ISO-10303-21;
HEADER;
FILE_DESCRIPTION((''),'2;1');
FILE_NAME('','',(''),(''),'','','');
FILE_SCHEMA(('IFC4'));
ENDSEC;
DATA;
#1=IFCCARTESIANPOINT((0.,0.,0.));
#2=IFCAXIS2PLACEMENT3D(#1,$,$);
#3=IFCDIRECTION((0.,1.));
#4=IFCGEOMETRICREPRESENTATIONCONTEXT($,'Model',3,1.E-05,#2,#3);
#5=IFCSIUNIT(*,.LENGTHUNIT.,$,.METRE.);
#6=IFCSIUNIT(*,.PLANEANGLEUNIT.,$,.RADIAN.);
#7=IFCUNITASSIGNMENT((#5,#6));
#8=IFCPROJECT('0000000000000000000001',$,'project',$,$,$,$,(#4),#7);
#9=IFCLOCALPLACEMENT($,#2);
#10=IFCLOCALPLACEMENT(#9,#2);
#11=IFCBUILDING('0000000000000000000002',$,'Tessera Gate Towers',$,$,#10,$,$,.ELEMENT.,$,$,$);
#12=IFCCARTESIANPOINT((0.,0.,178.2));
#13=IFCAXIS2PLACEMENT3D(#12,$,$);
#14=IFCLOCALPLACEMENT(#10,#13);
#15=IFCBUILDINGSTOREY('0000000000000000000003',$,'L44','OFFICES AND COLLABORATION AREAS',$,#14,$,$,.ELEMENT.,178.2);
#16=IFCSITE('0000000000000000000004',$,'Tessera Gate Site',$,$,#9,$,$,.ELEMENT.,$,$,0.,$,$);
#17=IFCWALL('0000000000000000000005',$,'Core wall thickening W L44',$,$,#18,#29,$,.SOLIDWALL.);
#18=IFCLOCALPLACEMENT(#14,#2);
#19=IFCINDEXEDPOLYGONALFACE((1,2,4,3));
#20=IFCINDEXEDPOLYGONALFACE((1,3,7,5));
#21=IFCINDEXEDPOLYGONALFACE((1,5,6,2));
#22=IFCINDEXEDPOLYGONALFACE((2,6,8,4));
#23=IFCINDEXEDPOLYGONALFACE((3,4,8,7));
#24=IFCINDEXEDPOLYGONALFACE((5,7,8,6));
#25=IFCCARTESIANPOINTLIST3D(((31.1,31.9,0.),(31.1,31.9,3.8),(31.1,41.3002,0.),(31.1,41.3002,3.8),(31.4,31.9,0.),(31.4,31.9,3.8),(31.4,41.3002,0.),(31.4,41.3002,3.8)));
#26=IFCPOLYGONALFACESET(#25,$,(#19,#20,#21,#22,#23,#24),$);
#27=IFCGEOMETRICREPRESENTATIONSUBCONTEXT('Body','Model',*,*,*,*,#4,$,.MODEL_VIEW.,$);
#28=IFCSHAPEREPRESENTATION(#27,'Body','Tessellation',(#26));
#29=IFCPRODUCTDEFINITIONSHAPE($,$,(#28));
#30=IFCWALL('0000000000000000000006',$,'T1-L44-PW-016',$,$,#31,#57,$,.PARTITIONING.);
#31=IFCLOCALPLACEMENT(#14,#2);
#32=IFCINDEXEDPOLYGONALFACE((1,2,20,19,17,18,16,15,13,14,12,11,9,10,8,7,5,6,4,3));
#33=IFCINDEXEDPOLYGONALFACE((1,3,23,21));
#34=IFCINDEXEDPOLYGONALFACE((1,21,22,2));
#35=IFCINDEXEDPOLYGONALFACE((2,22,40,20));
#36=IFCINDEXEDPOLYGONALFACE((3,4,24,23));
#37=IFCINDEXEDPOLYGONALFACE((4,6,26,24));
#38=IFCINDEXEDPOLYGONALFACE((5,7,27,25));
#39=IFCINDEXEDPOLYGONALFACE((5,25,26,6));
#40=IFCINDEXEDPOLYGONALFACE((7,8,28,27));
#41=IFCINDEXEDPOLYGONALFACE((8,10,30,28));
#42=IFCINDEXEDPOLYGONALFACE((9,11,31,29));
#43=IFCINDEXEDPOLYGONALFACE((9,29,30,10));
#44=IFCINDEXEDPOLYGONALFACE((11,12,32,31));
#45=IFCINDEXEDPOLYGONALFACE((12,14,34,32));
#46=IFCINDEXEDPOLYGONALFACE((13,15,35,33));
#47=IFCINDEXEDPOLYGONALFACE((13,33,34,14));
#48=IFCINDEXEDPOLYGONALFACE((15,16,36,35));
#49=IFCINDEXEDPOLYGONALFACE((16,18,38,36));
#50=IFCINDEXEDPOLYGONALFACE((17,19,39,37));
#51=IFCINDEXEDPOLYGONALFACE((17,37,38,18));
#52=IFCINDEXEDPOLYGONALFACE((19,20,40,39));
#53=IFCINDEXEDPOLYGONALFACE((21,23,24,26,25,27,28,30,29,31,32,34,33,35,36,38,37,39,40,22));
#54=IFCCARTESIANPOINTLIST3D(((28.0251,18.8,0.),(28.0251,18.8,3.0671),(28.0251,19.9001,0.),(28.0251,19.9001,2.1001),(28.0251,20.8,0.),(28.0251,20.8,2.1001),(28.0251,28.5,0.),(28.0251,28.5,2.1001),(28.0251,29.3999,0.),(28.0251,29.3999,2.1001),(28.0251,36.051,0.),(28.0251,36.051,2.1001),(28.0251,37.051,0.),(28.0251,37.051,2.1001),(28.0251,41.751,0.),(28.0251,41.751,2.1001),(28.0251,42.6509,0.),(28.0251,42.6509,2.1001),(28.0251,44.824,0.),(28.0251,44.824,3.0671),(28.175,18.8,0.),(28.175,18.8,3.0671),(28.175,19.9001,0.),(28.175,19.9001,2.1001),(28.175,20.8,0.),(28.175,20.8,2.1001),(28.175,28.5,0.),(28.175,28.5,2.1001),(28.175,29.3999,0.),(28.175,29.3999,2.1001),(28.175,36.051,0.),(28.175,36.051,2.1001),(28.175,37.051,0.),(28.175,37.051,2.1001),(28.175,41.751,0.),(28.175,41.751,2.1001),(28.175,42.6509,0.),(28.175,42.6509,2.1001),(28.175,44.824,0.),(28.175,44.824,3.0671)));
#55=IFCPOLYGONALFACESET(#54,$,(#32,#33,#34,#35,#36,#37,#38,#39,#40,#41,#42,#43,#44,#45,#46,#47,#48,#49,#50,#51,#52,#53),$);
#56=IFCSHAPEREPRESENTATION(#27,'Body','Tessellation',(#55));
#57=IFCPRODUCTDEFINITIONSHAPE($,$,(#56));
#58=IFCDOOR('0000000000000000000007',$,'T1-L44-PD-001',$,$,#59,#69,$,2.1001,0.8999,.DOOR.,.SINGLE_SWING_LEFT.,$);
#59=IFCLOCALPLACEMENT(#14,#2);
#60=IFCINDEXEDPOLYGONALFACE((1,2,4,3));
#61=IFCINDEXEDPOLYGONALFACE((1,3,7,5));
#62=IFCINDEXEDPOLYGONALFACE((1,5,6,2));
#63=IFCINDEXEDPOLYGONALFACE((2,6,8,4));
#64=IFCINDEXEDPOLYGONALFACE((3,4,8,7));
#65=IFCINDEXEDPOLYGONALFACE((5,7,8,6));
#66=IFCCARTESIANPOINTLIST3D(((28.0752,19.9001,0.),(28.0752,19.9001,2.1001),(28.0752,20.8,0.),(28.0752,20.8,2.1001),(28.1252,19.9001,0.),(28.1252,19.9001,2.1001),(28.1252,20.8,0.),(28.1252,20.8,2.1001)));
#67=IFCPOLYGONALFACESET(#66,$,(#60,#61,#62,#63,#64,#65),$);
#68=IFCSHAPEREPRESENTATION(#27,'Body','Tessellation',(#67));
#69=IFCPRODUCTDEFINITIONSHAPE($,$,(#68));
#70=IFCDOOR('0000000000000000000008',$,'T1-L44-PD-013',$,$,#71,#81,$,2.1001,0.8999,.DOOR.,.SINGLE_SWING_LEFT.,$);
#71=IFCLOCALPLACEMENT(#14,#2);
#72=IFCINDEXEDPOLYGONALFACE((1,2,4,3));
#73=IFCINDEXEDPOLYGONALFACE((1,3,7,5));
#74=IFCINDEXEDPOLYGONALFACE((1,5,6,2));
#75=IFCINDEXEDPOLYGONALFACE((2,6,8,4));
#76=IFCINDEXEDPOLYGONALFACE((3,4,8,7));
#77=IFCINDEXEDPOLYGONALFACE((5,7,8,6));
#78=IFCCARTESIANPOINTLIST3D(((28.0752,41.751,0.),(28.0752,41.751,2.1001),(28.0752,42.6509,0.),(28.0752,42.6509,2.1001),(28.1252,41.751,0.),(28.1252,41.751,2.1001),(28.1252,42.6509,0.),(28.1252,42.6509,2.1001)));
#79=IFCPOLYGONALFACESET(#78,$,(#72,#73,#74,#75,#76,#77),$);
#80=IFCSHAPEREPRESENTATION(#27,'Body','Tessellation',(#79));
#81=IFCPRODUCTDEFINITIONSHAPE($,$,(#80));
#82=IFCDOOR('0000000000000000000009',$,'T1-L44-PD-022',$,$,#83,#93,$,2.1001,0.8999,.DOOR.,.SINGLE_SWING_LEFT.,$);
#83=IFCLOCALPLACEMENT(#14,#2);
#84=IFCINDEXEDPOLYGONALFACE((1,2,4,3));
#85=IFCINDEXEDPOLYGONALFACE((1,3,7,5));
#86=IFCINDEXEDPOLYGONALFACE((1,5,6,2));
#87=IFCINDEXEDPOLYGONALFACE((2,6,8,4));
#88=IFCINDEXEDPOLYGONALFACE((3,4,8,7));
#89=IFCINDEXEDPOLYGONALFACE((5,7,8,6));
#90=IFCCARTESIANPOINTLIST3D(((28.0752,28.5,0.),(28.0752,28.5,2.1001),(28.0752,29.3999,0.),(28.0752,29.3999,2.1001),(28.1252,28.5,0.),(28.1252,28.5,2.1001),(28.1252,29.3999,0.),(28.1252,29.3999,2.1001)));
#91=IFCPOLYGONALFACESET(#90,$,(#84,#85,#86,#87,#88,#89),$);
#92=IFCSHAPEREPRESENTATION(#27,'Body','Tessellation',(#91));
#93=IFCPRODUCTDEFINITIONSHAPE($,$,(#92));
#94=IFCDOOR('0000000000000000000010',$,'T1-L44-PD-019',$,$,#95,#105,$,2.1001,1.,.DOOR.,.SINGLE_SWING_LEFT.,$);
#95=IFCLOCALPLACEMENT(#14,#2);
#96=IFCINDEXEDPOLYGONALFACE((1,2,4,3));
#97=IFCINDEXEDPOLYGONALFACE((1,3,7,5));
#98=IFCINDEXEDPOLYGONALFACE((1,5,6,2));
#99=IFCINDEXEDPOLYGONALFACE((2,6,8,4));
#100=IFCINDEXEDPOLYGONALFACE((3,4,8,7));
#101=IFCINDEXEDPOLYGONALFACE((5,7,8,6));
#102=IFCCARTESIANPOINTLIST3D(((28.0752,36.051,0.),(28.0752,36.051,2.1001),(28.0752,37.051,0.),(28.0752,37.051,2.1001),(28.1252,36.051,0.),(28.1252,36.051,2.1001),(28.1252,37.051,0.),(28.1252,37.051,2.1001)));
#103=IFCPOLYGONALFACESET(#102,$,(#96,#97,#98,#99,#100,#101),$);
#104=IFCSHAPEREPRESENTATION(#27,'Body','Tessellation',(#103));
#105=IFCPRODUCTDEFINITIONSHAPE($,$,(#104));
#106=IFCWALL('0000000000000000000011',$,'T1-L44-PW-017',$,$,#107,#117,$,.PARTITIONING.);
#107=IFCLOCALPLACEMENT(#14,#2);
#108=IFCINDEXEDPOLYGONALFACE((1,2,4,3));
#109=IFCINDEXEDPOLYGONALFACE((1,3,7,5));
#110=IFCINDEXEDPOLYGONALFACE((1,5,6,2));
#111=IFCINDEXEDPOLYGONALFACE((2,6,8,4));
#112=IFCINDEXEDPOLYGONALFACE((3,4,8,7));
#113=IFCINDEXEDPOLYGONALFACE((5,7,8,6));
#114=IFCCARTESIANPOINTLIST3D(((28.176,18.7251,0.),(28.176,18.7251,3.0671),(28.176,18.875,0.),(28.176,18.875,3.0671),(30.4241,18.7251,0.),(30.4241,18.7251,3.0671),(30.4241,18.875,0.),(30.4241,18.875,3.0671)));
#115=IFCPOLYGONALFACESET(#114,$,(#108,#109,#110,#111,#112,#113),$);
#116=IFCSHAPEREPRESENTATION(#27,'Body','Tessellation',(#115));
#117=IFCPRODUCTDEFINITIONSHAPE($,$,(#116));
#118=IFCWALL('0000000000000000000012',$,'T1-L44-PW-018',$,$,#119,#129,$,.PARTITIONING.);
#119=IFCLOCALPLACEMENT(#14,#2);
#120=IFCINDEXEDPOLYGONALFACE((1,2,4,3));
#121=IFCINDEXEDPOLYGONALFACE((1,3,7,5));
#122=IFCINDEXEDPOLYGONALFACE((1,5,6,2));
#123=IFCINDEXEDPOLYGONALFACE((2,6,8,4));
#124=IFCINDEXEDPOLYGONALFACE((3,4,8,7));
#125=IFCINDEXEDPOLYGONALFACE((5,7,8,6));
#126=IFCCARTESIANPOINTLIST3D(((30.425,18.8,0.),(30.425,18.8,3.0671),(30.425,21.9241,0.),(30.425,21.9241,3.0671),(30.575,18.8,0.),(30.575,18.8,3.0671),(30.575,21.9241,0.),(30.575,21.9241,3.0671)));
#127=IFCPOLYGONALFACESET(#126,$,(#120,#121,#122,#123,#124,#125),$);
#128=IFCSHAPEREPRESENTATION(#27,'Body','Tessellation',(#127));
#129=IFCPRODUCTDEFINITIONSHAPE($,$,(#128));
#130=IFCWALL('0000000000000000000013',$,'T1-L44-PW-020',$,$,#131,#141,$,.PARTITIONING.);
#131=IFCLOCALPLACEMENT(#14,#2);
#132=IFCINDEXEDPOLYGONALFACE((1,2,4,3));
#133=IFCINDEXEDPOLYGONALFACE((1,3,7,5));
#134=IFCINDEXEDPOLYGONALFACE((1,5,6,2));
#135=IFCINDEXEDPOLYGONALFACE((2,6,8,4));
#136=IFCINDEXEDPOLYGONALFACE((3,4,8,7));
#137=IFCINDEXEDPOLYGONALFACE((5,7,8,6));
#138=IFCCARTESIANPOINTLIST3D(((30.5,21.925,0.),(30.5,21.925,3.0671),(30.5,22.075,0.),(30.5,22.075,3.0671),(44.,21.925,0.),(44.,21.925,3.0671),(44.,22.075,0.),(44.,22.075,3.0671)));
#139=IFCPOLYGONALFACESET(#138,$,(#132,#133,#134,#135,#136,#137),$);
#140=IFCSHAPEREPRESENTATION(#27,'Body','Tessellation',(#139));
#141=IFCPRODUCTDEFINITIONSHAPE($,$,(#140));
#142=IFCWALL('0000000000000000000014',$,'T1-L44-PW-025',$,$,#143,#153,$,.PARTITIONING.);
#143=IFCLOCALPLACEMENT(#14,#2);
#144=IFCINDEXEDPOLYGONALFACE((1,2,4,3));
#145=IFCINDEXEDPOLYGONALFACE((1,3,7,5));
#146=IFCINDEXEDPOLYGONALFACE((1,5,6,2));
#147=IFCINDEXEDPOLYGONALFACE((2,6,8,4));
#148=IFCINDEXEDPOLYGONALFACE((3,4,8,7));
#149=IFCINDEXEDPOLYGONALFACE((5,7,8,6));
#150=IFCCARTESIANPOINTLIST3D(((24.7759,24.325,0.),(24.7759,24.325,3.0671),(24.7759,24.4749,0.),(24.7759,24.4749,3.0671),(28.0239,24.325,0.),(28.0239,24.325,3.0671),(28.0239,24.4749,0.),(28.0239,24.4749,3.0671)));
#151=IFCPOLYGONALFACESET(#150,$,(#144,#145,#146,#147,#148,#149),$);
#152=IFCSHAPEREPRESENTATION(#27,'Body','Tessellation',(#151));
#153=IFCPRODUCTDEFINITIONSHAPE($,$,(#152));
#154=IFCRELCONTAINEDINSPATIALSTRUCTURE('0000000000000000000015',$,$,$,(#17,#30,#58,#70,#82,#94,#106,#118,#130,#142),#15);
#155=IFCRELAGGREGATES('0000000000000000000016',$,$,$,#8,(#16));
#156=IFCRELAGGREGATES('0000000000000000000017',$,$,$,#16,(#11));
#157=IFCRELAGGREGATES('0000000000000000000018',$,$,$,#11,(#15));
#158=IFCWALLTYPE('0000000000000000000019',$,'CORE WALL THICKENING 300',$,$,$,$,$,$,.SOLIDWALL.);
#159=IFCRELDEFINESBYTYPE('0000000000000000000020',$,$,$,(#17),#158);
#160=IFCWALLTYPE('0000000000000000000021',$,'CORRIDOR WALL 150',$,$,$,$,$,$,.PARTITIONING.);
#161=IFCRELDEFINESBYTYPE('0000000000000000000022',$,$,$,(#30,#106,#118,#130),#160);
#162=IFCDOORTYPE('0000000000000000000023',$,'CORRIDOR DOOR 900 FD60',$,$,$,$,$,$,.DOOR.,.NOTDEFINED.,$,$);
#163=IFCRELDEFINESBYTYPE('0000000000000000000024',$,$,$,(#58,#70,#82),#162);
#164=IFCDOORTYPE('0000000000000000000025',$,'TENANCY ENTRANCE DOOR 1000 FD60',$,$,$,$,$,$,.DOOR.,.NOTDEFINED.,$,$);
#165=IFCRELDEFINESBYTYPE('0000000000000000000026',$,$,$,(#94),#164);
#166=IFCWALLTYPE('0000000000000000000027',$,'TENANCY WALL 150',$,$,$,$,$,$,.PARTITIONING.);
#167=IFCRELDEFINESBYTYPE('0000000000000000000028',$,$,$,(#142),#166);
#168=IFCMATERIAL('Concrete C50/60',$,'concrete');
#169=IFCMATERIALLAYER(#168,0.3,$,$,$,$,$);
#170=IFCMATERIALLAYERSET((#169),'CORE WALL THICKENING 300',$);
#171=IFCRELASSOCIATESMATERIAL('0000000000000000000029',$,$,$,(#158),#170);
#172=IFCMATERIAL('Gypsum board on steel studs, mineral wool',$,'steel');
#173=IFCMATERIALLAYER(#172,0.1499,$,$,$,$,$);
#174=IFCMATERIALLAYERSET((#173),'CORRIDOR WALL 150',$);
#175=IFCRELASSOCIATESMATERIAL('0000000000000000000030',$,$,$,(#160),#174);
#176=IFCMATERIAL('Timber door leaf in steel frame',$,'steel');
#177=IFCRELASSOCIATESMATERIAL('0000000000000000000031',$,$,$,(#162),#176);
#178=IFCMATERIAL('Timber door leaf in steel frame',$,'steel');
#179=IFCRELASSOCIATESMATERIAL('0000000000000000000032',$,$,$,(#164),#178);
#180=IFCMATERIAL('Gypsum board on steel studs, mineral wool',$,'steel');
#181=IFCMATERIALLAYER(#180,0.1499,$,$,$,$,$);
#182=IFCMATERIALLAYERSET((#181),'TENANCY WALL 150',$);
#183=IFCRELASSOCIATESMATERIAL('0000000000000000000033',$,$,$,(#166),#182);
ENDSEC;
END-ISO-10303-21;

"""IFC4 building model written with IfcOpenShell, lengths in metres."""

from ifc_helpers import new_model, si_unit, direction, frame, frame_2d, origin, place, context, subcontext, project, spatial, rectangle, extrude, source, transform, mapped, material, layer, layer_set, type_object, element, fill, save


model = new_model("IFC4")

# Units and contexts
model_context = context("Model", 3, precision=1e-05, world=origin(), true_north=direction((0.0, 1.0)))
body_context = subcontext(model_context, "Body", "Model", "MODEL_VIEW")
ifc_project = project(units=[si_unit("LENGTHUNIT", "METRE"), si_unit("PLANEANGLEUNIT", "RADIAN")], contexts=[model_context])

# Site, building, storey
site_placement = place(None, origin())
site = spatial("IfcSite", under=ifc_project, at=site_placement, Name="Tessera Gate Site", CompositionType="ELEMENT", RefElevation=0.0)
building_placement = place(site_placement, origin())
building = spatial("IfcBuilding", under=site, at=building_placement, Name="Tessera Gate Towers", CompositionType="ELEMENT")
storey_placement = place(building_placement, frame((0.0, 0.0, 178.2)))
storey = spatial("IfcBuildingStorey", under=building, at=storey_placement, Name="L44", Description="OFFICES AND COLLABORATION AREAS", CompositionType="ELEMENT", Elevation=178.2)

# Shared definitions
shared_shape_1 = source(origin(), body_context, "Body", "SweptSolid", [
    extrude(rectangle(XDim=0.8999, YDim=2.1001, at=frame_2d((0.45, 1.05))), frame((0.0, 0.0249, 0.0), z_axis=(0.0, -1.0, 0.0), x_axis=(1.0, 0.0, 0.0)), (0.0, 0.0, 1.0), 0.05),
])

# Wall
ifc_material_1 = material(Name="Concrete C50/60", Category="concrete")
ifc_layer_1 = layer(ifc_material_1, 0.3)
ifc_layer_set_1 = layer_set([ifc_layer_1], Name="CORE WALL THICKENING 300")
wall_type_1 = type_object("IfcWallType", Name="CORE WALL THICKENING 300", PredefinedType="SOLIDWALL", material=ifc_layer_set_1)
wall_1_placement = place(storey_placement, frame((31.25, 31.8999, 0.0), z_axis=(0.0, 0.0, 1.0), x_axis=(0.0, 1.0, 0.0)))
element("IfcWall", 1, at=wall_1_placement, inside=storey, type_object=wall_type_1, Name="Core wall thickening W L44", PredefinedType="SOLIDWALL", context=body_context, shape_type="SweptSolid", body=[
    extrude(rectangle(XDim=9.4001, YDim=0.3, at=frame_2d((4.7002, 0.0))), origin(), (0.0, 0.0, 1.0), 3.8),
])

# Wall, openings, doors
ifc_material_2 = material(Name="Gypsum board on steel studs, mineral wool", Category="steel")
ifc_layer_2 = layer(ifc_material_2, 0.1499)
ifc_layer_set_2 = layer_set([ifc_layer_2], Name="CORRIDOR WALL 150")
wall_type_2 = type_object("IfcWallType", Name="CORRIDOR WALL 150", PredefinedType="PARTITIONING", material=ifc_layer_set_2)
wall_2_placement = place(storey_placement, frame((28.1001, 18.8, 0.0), z_axis=(0.0, 0.0, 1.0), x_axis=(0.0, 1.0, 0.0)))
wall_2 = element("IfcWall", 2, at=wall_2_placement, inside=storey, type_object=wall_type_2, Name="T1-L44-PW-016", PredefinedType="PARTITIONING", context=body_context, shape_type="SweptSolid", body=[
    extrude(rectangle(XDim=26.0239, YDim=0.1499, at=frame_2d((13.012, 0.0))), origin(), (0.0, 0.0, 1.0), 3.0671),
])
shared_shape_2 = source(origin(), body_context, "Body", "SweptSolid", [
    extrude(rectangle(XDim=0.8999, YDim=2.1001, at=frame_2d((0.45, 1.05))), frame((0.0, 0.085, 0.0), z_axis=(0.0, -1.0, 0.0), x_axis=(1.0, 0.0, 0.0)), (0.0, 0.0, 1.0), 0.1699),
])
opening_1_placement = place(wall_2_placement, frame((1.1001, 0.0, 0.0)))
opening_1 = element("IfcOpeningElement", 3, at=opening_1_placement, cuts=wall_2, PredefinedType="OPENING", context=body_context, shape_type="MappedRepresentation", body=[
    mapped(shared_shape_2, transform((0.0, 0.0, 0.0), scale=1.0)),
])
opening_2_placement = place(wall_2_placement, frame((22.9509, 0.0, 0.0)))
opening_2 = element("IfcOpeningElement", 4, at=opening_2_placement, cuts=wall_2, PredefinedType="OPENING", context=body_context, shape_type="MappedRepresentation", body=[
    mapped(shared_shape_2, transform((0.0, 0.0, 0.0), scale=1.0)),
])
shared_shape_3 = source(origin(), body_context, "Body", "SweptSolid", [
    extrude(rectangle(XDim=1.0, YDim=2.1001, at=frame_2d((0.5, 1.05))), frame((0.0, 0.085, 0.0), z_axis=(0.0, -1.0, 0.0), x_axis=(1.0, 0.0, 0.0)), (0.0, 0.0, 1.0), 0.1699),
])
opening_3_placement = place(wall_2_placement, frame((17.251, 0.0, 0.0)))
opening_3 = element("IfcOpeningElement", 5, at=opening_3_placement, cuts=wall_2, PredefinedType="OPENING", context=body_context, shape_type="MappedRepresentation", body=[
    mapped(shared_shape_3, transform((0.0, 0.0, 0.0), scale=1.0)),
])
opening_4_placement = place(wall_2_placement, frame((9.7, 0.0, 0.0)))
opening_4 = element("IfcOpeningElement", 6, at=opening_4_placement, cuts=wall_2, PredefinedType="OPENING", context=body_context, shape_type="MappedRepresentation", body=[
    mapped(shared_shape_2, transform((0.0, 0.0, 0.0), scale=1.0)),
])
ifc_material_3 = material(Name="Timber door leaf in steel frame", Category="steel")
door_type_1 = type_object("IfcDoorType", Name="CORRIDOR DOOR 900 FD60", OperationType="NOTDEFINED", PredefinedType="DOOR", material=ifc_material_3)
door_1_placement = place(opening_1_placement, origin())
door_1 = element("IfcDoor", 7, at=door_1_placement, inside=storey, type_object=door_type_1, Name="T1-L44-PD-001", OperationType="SINGLE_SWING_LEFT", OverallHeight=2.1001, OverallWidth=0.8999, PredefinedType="DOOR", context=body_context, shape_type="MappedRepresentation", body=[
    mapped(shared_shape_1, transform((0.0, 0.0, 0.0), scale=1.0)),
])
fill(opening_1, door_1)
door_2_placement = place(opening_2_placement, origin())
door_2 = element("IfcDoor", 8, at=door_2_placement, inside=storey, type_object=door_type_1, Name="T1-L44-PD-013", OperationType="SINGLE_SWING_LEFT", OverallHeight=2.1001, OverallWidth=0.8999, PredefinedType="DOOR", context=body_context, shape_type="MappedRepresentation", body=[
    mapped(shared_shape_1, transform((0.0, 0.0, 0.0), scale=1.0)),
])
fill(opening_2, door_2)
door_3_placement = place(opening_4_placement, origin())
door_3 = element("IfcDoor", 9, at=door_3_placement, inside=storey, type_object=door_type_1, Name="T1-L44-PD-022", OperationType="SINGLE_SWING_LEFT", OverallHeight=2.1001, OverallWidth=0.8999, PredefinedType="DOOR", context=body_context, shape_type="MappedRepresentation", body=[
    mapped(shared_shape_1, transform((0.0, 0.0, 0.0), scale=1.0)),
])
fill(opening_4, door_3)
ifc_material_4 = material(Name="Timber door leaf in steel frame", Category="steel")
door_type_2 = type_object("IfcDoorType", Name="TENANCY ENTRANCE DOOR 1000 FD60", OperationType="NOTDEFINED", PredefinedType="DOOR", material=ifc_material_4)
shared_shape_4 = source(origin(), body_context, "Body", "SweptSolid", [
    extrude(rectangle(XDim=1.0, YDim=2.1001, at=frame_2d((0.5, 1.05))), frame((0.0, 0.0249, 0.0), z_axis=(0.0, -1.0, 0.0), x_axis=(1.0, 0.0, 0.0)), (0.0, 0.0, 1.0), 0.05),
])
door_4_placement = place(opening_3_placement, origin())
door_4 = element("IfcDoor", 10, at=door_4_placement, inside=storey, type_object=door_type_2, Name="T1-L44-PD-019", OperationType="SINGLE_SWING_LEFT", OverallHeight=2.1001, OverallWidth=1.0, PredefinedType="DOOR", context=body_context, shape_type="MappedRepresentation", body=[
    mapped(shared_shape_4, transform((0.0, 0.0, 0.0), scale=1.0)),
])
fill(opening_3, door_4)

# Walls
wall_3_placement = place(storey_placement, frame((28.176, 18.8, 0.0), z_axis=(0.0, 0.0, 1.0), x_axis=(1.0, 0.0, 0.0)))
element("IfcWall", 11, at=wall_3_placement, inside=storey, type_object=wall_type_2, Name="T1-L44-PW-017", PredefinedType="PARTITIONING", context=body_context, shape_type="SweptSolid", body=[
    extrude(rectangle(XDim=2.248, YDim=0.1499, at=frame_2d((1.124, 0.0))), origin(), (0.0, 0.0, 1.0), 3.0671),
])
wall_4_placement = place(storey_placement, frame((30.5, 18.8, 0.0), z_axis=(0.0, 0.0, 1.0), x_axis=(0.0, 1.0, 0.0)))
element("IfcWall", 12, at=wall_4_placement, inside=storey, type_object=wall_type_2, Name="T1-L44-PW-018", PredefinedType="PARTITIONING", context=body_context, shape_type="SweptSolid", body=[
    extrude(rectangle(XDim=3.124, YDim=0.1499, at=frame_2d((1.562, 0.0))), origin(), (0.0, 0.0, 1.0), 3.0671),
])
wall_5_placement = place(storey_placement, frame((30.5, 22.0, 0.0), z_axis=(0.0, 0.0, 1.0), x_axis=(1.0, 0.0, 0.0)))
element("IfcWall", 13, at=wall_5_placement, inside=storey, type_object=wall_type_2, Name="T1-L44-PW-020", PredefinedType="PARTITIONING", context=body_context, shape_type="SweptSolid", body=[
    extrude(rectangle(XDim=13.5, YDim=0.1499, at=frame_2d((6.75, 0.0))), origin(), (0.0, 0.0, 1.0), 3.0671),
])
ifc_material_5 = material(Name="Gypsum board on steel studs, mineral wool", Category="steel")
ifc_layer_3 = layer(ifc_material_5, 0.1499)
ifc_layer_set_3 = layer_set([ifc_layer_3], Name="TENANCY WALL 150")
wall_type_3 = type_object("IfcWallType", Name="TENANCY WALL 150", PredefinedType="PARTITIONING", material=ifc_layer_set_3)
wall_6_placement = place(storey_placement, frame((24.7759, 24.3999, 0.0), z_axis=(0.0, 0.0, 1.0), x_axis=(1.0, 0.0, 0.0)))
element("IfcWall", 14, at=wall_6_placement, inside=storey, type_object=wall_type_3, Name="T1-L44-PW-025", PredefinedType="PARTITIONING", context=body_context, shape_type="SweptSolid", body=[
    extrude(rectangle(XDim=3.248, YDim=0.1499, at=frame_2d((1.624, 0.0))), origin(), (0.0, 0.0, 1.0), 3.0671),
])

save(model, "model.ifc")
